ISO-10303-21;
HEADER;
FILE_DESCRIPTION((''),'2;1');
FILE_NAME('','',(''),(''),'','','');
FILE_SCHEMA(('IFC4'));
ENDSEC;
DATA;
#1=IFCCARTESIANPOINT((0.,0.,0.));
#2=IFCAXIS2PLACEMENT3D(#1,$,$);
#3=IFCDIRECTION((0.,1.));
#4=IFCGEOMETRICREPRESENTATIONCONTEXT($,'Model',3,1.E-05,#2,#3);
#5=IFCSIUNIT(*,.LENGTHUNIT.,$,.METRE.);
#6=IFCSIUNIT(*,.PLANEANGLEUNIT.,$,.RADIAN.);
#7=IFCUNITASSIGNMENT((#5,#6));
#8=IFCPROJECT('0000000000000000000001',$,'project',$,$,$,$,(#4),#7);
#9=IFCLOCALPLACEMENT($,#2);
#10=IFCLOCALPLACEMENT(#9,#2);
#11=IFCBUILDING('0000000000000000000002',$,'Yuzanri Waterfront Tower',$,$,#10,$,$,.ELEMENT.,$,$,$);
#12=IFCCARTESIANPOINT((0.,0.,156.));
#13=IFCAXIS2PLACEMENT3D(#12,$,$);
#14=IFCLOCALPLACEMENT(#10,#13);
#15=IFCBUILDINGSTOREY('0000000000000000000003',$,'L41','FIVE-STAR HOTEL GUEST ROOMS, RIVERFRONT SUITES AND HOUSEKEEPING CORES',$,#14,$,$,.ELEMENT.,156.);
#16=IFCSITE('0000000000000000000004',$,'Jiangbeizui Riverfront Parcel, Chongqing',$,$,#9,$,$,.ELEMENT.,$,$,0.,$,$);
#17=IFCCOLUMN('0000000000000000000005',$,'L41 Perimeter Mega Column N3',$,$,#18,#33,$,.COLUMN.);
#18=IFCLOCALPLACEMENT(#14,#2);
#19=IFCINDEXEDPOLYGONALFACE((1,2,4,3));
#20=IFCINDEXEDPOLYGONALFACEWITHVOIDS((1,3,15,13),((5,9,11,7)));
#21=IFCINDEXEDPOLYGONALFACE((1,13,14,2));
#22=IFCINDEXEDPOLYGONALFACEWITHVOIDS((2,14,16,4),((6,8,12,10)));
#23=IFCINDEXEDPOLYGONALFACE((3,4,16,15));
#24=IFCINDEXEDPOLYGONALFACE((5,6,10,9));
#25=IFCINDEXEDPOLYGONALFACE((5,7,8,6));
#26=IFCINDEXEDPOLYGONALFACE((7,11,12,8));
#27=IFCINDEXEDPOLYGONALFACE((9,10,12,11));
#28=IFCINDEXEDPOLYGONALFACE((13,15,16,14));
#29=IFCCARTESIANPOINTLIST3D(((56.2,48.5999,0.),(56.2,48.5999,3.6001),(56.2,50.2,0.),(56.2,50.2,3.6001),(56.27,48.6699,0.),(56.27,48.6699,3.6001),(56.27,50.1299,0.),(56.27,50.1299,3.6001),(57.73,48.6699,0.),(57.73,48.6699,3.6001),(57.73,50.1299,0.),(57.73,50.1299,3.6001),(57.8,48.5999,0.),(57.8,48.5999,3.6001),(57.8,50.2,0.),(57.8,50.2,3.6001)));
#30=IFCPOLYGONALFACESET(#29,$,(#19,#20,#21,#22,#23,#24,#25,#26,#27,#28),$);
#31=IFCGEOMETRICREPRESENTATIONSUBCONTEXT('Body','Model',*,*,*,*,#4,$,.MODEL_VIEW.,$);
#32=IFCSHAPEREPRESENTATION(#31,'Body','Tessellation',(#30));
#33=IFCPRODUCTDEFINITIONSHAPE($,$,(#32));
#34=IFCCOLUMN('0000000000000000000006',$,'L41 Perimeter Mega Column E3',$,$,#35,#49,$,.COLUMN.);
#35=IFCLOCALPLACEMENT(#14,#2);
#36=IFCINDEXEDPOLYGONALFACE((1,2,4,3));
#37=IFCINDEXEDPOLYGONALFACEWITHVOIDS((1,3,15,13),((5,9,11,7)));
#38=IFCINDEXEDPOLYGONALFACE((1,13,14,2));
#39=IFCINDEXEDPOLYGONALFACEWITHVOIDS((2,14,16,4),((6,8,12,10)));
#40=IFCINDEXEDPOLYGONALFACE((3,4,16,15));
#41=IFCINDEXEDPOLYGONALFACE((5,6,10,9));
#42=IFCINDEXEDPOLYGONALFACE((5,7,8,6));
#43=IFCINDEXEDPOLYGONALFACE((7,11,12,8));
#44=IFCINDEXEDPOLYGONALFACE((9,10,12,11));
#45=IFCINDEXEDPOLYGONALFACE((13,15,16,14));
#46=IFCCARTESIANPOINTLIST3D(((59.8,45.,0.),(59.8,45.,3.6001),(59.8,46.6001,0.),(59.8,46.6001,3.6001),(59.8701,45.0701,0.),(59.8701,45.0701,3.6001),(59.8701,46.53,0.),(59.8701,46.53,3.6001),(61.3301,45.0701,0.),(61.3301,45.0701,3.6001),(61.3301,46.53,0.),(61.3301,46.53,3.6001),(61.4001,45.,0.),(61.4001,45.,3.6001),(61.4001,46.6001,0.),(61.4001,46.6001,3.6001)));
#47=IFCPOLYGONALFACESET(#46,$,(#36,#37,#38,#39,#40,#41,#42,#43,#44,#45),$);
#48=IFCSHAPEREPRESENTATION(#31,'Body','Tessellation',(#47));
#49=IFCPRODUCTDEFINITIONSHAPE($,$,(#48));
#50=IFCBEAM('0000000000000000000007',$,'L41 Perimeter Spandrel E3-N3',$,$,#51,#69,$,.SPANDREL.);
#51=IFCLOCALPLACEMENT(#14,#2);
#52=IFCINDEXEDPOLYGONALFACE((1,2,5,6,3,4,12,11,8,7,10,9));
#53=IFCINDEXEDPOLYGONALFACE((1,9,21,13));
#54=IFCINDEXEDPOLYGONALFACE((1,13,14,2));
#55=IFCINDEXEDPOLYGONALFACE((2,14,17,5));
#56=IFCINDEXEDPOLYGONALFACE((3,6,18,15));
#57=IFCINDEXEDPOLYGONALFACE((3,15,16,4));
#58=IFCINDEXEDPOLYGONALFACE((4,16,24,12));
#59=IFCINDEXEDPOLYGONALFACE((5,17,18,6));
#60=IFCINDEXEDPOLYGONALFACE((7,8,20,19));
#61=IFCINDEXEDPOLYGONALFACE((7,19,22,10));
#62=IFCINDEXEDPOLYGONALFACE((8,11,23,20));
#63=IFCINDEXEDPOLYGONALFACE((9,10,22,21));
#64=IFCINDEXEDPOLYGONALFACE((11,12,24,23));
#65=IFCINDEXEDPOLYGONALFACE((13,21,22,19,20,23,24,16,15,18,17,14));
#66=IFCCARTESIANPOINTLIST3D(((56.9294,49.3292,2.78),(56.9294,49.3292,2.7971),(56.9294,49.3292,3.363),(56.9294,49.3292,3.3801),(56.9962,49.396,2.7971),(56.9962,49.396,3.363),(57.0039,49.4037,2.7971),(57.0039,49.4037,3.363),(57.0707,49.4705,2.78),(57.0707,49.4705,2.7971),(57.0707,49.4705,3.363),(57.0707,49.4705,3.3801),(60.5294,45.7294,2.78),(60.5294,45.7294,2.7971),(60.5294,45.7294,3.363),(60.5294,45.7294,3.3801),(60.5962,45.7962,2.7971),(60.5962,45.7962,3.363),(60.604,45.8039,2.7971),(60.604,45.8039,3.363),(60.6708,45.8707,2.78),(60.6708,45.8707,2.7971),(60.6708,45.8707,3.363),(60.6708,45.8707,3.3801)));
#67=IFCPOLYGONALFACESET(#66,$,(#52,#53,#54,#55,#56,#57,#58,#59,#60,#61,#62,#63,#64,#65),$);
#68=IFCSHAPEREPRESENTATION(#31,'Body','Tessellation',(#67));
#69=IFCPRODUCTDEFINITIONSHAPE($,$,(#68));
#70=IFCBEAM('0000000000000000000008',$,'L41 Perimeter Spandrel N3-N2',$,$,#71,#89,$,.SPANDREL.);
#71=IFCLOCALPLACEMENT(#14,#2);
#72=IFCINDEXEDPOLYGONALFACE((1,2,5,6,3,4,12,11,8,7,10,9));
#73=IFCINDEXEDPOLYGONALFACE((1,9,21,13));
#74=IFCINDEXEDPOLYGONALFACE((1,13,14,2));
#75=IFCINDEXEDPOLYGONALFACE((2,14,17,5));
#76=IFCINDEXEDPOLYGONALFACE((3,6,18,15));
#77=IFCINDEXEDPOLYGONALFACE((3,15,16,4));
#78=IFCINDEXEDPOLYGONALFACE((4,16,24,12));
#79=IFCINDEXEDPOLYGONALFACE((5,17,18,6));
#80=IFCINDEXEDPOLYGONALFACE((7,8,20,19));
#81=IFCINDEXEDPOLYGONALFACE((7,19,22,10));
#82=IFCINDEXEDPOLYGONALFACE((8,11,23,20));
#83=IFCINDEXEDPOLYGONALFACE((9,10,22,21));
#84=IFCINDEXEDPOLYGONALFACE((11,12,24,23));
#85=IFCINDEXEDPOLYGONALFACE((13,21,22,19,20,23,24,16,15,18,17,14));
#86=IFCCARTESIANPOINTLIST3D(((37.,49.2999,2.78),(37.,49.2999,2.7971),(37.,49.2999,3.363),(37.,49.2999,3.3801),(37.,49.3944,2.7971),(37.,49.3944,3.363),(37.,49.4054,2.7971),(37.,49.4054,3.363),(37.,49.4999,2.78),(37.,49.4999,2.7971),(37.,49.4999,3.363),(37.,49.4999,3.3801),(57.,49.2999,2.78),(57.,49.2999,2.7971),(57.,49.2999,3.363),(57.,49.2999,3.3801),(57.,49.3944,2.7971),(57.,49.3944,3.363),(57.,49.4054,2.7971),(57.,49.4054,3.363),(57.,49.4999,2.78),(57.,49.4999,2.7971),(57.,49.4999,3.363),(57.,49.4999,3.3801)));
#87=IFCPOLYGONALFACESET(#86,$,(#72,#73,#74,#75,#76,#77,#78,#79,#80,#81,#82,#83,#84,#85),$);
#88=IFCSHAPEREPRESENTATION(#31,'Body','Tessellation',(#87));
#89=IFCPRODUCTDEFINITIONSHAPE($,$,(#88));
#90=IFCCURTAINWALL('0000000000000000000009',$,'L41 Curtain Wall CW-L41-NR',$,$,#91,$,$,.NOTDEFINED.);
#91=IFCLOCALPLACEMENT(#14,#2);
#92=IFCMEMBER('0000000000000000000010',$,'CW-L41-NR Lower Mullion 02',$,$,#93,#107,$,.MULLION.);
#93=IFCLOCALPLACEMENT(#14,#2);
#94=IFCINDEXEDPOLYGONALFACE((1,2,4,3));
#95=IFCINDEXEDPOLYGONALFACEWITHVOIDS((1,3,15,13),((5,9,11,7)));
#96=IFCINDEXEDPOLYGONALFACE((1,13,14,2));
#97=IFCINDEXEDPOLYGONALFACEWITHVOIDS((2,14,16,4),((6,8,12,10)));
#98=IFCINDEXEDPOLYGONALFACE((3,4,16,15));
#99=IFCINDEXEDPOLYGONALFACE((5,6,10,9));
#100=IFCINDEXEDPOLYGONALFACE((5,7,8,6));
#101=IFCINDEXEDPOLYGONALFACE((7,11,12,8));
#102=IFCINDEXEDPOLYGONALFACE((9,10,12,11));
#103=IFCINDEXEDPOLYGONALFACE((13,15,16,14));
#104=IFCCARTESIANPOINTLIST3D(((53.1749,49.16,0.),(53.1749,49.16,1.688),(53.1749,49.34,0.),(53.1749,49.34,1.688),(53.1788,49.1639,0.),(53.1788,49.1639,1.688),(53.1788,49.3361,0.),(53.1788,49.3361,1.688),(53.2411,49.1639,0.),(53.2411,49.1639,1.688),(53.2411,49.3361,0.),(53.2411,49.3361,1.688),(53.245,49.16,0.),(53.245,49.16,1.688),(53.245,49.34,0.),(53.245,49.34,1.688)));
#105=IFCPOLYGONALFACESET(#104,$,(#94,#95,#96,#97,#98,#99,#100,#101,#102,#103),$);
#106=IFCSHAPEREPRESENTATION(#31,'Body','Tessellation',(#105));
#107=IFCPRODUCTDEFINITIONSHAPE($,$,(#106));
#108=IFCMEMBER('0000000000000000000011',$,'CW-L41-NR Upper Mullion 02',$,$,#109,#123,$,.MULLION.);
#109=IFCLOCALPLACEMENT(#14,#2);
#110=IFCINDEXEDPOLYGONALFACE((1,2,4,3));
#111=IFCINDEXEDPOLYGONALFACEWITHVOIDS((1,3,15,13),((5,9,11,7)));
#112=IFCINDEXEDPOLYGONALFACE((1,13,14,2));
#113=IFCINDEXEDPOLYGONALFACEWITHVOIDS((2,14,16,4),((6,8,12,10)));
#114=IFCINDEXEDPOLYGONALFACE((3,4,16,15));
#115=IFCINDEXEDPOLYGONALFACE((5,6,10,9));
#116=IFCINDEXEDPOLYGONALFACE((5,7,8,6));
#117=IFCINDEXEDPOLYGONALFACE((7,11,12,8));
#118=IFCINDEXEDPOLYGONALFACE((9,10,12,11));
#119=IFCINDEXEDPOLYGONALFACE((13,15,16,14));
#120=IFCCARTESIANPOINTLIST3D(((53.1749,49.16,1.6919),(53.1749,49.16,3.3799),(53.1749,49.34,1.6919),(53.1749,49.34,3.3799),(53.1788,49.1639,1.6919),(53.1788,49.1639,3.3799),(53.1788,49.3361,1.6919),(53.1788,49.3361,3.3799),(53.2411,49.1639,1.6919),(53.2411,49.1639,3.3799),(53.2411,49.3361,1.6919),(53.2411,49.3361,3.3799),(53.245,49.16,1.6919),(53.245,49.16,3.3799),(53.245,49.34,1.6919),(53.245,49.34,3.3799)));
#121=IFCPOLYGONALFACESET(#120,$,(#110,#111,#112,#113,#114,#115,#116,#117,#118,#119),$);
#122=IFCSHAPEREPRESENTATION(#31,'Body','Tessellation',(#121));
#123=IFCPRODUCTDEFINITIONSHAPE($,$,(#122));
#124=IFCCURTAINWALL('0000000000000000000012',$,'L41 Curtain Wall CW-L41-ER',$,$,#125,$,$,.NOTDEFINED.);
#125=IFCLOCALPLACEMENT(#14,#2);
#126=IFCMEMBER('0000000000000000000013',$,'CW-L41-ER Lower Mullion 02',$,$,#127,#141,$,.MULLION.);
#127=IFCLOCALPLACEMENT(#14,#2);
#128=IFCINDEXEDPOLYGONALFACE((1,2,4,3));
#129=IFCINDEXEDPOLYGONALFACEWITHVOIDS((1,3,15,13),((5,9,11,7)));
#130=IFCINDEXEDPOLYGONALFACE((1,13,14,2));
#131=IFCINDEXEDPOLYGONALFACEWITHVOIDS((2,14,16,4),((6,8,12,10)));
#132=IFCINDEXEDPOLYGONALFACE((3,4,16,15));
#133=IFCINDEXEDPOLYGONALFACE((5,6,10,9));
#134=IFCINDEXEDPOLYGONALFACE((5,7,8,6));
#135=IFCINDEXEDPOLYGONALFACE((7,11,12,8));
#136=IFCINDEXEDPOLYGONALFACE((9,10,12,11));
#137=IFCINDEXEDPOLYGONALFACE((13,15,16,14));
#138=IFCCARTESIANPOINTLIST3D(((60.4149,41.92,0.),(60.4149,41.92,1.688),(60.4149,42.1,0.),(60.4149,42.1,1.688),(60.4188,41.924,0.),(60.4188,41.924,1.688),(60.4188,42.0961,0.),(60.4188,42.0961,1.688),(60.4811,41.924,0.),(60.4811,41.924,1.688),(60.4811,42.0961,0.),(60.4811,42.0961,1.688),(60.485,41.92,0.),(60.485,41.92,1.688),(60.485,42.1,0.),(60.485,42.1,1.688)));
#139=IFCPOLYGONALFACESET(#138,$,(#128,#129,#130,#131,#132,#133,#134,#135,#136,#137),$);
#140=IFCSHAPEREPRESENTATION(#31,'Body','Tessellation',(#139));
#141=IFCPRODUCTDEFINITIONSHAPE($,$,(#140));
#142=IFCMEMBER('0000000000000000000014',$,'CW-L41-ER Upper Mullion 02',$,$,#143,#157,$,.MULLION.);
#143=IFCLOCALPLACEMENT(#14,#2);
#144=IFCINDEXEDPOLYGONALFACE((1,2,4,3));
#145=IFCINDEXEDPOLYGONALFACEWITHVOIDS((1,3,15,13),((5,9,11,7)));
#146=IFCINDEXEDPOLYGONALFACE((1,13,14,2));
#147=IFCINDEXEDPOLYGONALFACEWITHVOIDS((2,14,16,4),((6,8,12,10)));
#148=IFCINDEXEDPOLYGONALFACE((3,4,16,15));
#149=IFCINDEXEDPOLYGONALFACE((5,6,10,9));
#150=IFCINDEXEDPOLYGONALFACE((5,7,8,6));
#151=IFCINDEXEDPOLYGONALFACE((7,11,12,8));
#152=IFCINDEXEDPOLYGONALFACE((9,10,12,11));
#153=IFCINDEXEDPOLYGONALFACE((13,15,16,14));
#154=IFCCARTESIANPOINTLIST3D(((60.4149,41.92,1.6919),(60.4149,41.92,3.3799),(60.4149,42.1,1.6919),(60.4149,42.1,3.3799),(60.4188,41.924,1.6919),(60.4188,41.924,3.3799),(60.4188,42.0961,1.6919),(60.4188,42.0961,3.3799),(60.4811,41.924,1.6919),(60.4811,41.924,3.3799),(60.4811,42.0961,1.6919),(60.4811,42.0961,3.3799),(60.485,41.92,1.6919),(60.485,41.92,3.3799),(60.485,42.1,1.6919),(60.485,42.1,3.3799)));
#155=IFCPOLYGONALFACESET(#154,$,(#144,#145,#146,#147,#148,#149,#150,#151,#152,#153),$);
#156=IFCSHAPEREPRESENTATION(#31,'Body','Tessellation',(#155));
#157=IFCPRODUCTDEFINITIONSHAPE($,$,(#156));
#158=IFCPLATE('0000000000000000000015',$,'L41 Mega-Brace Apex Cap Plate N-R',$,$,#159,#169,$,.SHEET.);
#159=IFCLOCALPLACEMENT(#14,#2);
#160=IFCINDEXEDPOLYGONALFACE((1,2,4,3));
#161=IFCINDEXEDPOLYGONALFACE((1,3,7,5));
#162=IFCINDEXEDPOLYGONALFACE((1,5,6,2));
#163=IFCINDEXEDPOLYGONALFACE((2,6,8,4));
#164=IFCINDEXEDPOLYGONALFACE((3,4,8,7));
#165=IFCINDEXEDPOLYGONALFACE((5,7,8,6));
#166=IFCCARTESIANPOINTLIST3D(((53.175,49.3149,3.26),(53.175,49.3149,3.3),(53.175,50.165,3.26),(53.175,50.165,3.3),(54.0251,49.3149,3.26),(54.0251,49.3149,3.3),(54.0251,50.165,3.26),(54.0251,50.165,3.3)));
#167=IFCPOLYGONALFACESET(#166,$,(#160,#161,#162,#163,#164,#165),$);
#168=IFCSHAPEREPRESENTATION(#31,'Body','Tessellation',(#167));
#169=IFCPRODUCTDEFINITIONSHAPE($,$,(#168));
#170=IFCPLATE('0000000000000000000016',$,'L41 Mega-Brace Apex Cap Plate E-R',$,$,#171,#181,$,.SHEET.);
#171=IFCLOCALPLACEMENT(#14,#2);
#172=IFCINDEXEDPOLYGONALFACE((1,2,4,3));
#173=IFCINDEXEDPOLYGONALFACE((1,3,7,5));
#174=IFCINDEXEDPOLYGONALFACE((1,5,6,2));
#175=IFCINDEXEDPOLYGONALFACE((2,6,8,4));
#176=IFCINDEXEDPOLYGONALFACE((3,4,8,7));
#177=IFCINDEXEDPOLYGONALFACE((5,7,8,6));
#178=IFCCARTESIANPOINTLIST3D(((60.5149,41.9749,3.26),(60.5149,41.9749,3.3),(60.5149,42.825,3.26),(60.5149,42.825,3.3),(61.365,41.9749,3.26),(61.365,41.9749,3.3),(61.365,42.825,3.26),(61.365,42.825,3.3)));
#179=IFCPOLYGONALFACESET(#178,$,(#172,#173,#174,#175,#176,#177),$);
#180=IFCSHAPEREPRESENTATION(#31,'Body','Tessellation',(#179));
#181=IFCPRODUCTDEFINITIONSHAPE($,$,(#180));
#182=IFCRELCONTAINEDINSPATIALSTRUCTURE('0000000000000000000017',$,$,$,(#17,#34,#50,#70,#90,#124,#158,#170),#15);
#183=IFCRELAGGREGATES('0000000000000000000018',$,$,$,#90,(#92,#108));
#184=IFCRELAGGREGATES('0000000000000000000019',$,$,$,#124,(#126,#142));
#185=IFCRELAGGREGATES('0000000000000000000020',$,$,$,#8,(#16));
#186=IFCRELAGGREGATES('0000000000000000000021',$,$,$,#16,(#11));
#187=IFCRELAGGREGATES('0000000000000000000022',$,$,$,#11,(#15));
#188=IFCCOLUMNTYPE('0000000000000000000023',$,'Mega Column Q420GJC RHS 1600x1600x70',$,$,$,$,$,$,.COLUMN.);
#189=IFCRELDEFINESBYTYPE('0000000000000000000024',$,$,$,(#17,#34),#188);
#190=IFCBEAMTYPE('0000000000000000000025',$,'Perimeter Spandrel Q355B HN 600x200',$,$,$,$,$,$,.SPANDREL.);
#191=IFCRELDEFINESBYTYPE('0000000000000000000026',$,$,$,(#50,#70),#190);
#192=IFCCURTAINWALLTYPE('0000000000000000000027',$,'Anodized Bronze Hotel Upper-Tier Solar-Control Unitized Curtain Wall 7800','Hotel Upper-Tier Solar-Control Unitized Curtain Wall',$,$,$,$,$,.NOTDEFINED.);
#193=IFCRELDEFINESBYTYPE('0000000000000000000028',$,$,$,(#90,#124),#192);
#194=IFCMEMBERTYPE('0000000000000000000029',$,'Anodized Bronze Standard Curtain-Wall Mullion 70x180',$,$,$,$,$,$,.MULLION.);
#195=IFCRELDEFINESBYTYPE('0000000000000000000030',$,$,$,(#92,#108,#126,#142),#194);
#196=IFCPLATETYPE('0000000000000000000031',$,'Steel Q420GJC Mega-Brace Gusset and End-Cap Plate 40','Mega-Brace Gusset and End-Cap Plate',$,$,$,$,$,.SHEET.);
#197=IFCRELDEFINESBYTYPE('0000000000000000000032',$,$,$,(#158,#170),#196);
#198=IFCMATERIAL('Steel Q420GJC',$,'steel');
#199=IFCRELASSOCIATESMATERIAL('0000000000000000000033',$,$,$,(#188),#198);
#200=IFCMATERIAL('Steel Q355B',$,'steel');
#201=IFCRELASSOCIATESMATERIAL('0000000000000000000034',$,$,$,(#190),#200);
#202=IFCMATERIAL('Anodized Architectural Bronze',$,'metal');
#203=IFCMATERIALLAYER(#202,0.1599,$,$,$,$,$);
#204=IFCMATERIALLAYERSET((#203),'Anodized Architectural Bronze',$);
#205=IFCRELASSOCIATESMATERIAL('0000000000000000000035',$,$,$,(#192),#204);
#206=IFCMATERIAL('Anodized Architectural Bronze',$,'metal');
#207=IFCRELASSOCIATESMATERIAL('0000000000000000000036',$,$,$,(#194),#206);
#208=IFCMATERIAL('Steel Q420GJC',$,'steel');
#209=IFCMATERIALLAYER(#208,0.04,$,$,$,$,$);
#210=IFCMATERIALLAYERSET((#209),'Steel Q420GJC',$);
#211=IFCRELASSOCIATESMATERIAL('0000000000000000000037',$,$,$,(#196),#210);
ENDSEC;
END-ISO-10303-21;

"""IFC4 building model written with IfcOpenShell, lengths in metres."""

from ifc_helpers import new_model, si_unit, direction, frame, origin, origin_2d, place, context, subcontext, project, spatial, rectangle, hollow_rectangle, i_section, extrude, source, transform, mapped, material, layer, layer_set, material_profile, profile_set, type_object, element, aggregate, save


model = new_model("IFC4")

# Units and contexts
model_context = context("Model", 3, precision=1e-05, world=origin(), true_north=direction((0.0, 1.0)))
body_context = subcontext(model_context, "Body", "Model", "MODEL_VIEW")
ifc_project = project(units=[si_unit("LENGTHUNIT", "METRE"), si_unit("PLANEANGLEUNIT", "RADIAN")], contexts=[model_context])

# Site, building, storey
site_placement = place(None, origin())
site = spatial("IfcSite", under=ifc_project, at=site_placement, Name="Jiangbeizui Riverfront Parcel, Chongqing", CompositionType="ELEMENT", RefElevation=0.0)
building_placement = place(site_placement, origin())
building = spatial("IfcBuilding", under=site, at=building_placement, Name="Yuzanri Waterfront Tower", CompositionType="ELEMENT")
storey_placement = place(building_placement, frame((0.0, 0.0, 156.0)))
storey = spatial("IfcBuildingStorey", under=building, at=storey_placement, Name="L41", Description="FIVE-STAR HOTEL GUEST ROOMS, RIVERFRONT SUITES AND HOUSEKEEPING CORES", CompositionType="ELEMENT", Elevation=156.0)

# Columns
ifc_material_1 = material(Name="Steel Q420GJC", Category="steel")
ifc_material_profile_1 = material_profile(ifc_material_1, hollow_rectangle(XDim=1.6001, YDim=1.6001, WallThickness=0.0701, at=origin_2d()), Name="RHS 1600x1600x70")
ifc_profile_set_1 = profile_set([ifc_material_profile_1], Name="Steel Q420GJC")
column_type = type_object("IfcColumnType", Name="Mega Column Q420GJC RHS 1600x1600x70", PredefinedType="COLUMN", material=ifc_profile_set_1)
shared_shape_1 = source(origin(), body_context, "Body", "SweptSolid", [
    extrude(hollow_rectangle(XDim=1.6001, YDim=1.6001, WallThickness=0.0701, at=origin_2d()), origin(), (0.0, 0.0, 1.0), 3.6001),
])
for number, where, z_axis, x_axis, name in (
    (1, (57.0, 49.3999, 0.0), (0.0, 0.0, 1.0), (1.0, 0.0, 0.0), "L41 Perimeter Mega Column N3"),
    (2, (60.6001, 45.8, 0.0), (0.0, 0.0, 1.0), (1.0, 0.0, 0.0), "L41 Perimeter Mega Column E3"),
):
    element("IfcColumn", number, at=place(storey_placement, frame(where, z_axis=z_axis, x_axis=x_axis)), inside=storey, type_object=column_type, Name=name, PredefinedType="COLUMN", context=body_context, shape_type="MappedRepresentation", body=[
        mapped(shared_shape_1, transform((0.0, 0.0, 0.0), scale=1.0)),
    ])

# Beams
ifc_material_2 = material(Name="Steel Q355B", Category="steel")
ifc_material_profile_2 = material_profile(ifc_material_2, i_section(OverallWidth=0.2, OverallDepth=0.6001, WebThickness=0.011, FlangeThickness=0.0171, at=origin_2d()), Name="HN 600x200x11x17")
ifc_profile_set_2 = profile_set([ifc_material_profile_2], Name="Steel Q355B")
beam_type = type_object("IfcBeamType", Name="Perimeter Spandrel Q355B HN 600x200", PredefinedType="SPANDREL", material=ifc_profile_set_2)
shared_shape_2 = source(origin(), body_context, "Body", "SweptSolid", [
    extrude(i_section(OverallWidth=0.2, OverallDepth=0.6001, WebThickness=0.011, FlangeThickness=0.0171, at=origin_2d()), origin(), (0.0, 0.0, 1.0), 5.0911),
])
beam_1_placement = place(storey_placement, frame((60.6001, 45.8, 3.0801), z_axis=(-0.707131, 0.707083, 0.0), x_axis=(-0.707083, -0.707131, 0.0)))
element("IfcBeam", 3, at=beam_1_placement, inside=storey, type_object=beam_type, Name="L41 Perimeter Spandrel E3-N3", PredefinedType="SPANDREL", context=body_context, shape_type="MappedRepresentation", body=[
    mapped(shared_shape_2, transform((0.0, 0.0, 0.0), scale=1.0)),
])
shared_shape_3 = source(origin(), body_context, "Body", "SweptSolid", [
    extrude(i_section(OverallWidth=0.2, OverallDepth=0.6001, WebThickness=0.011, FlangeThickness=0.0171, at=origin_2d()), origin(), (0.0, 0.0, 1.0), 20.0),
])
beam_2_placement = place(storey_placement, frame((57.0, 49.3999, 3.0801), z_axis=(-1.0, 0.0, 0.0), x_axis=(0.0, -1.0, 0.0)))
element("IfcBeam", 4, at=beam_2_placement, inside=storey, type_object=beam_type, Name="L41 Perimeter Spandrel N3-N2", PredefinedType="SPANDREL", context=body_context, shape_type="MappedRepresentation", body=[
    mapped(shared_shape_3, transform((0.0, 0.0, 0.0), scale=1.0)),
])

# Curtain walls, members
ifc_material_3 = material(Name="Anodized Architectural Bronze", Category="metal")
ifc_layer_1 = layer(ifc_material_3, 0.1599)
ifc_layer_set_1 = layer_set([ifc_layer_1], Name="Anodized Architectural Bronze")
curtain_wall_type = type_object("IfcCurtainWallType", Name="Anodized Bronze Hotel Upper-Tier Solar-Control Unitized Curtain Wall 7800", Description="Hotel Upper-Tier Solar-Control Unitized Curtain Wall", PredefinedType="NOTDEFINED", material=ifc_layer_set_1)
curtain_wall_1_placement = place(storey_placement, origin())
curtain_wall_1 = element("IfcCurtainWall", 5, at=curtain_wall_1_placement, inside=storey, type_object=curtain_wall_type, Name="L41 Curtain Wall CW-L41-NR", PredefinedType="NOTDEFINED")
ifc_material_4 = material(Name="Anodized Architectural Bronze", Category="metal")
ifc_material_profile_3 = material_profile(ifc_material_4, hollow_rectangle(XDim=0.0701, YDim=0.1799, WallThickness=0.0039, at=origin_2d()), Name="CWM 70x180")
ifc_profile_set_3 = profile_set([ifc_material_profile_3], Name="Anodized Architectural Bronze")
member_type = type_object("IfcMemberType", Name="Anodized Bronze Standard Curtain-Wall Mullion 70x180", PredefinedType="MULLION", material=ifc_profile_set_3)
shared_shape_4 = source(origin(), body_context, "Body", "SweptSolid", [
    extrude(hollow_rectangle(XDim=0.0701, YDim=0.1799, WallThickness=0.0039, at=origin_2d()), origin(), (0.0, 0.0, 1.0), 1.688),
])
member_1_placement = place(storey_placement, frame((53.21, 49.25, 0.0), z_axis=(0.0, 0.0, 1.0), x_axis=(1.0, 0.0, 0.0)))
member_1 = element("IfcMember", 6, at=member_1_placement, type_object=member_type, Name="CW-L41-NR Lower Mullion 02", PredefinedType="MULLION", context=body_context, shape_type="MappedRepresentation", body=[
    mapped(shared_shape_4, transform((0.0, 0.0, 0.0), scale=1.0)),
])
member_2_placement = place(storey_placement, frame((53.21, 49.25, 1.6919), z_axis=(0.0, 0.0, 1.0), x_axis=(1.0, 0.0, 0.0)))
member_2 = element("IfcMember", 7, at=member_2_placement, type_object=member_type, Name="CW-L41-NR Upper Mullion 02", PredefinedType="MULLION", context=body_context, shape_type="MappedRepresentation", body=[
    mapped(shared_shape_4, transform((0.0, 0.0, 0.0), scale=1.0)),
])
curtain_wall_2_placement = place(storey_placement, origin())
curtain_wall_2 = element("IfcCurtainWall", 8, at=curtain_wall_2_placement, inside=storey, type_object=curtain_wall_type, Name="L41 Curtain Wall CW-L41-ER", PredefinedType="NOTDEFINED")
member_3_placement = place(storey_placement, frame((60.45, 42.01, 0.0), z_axis=(0.0, 0.0, 1.0), x_axis=(1.0, 0.0, 0.0)))
member_3 = element("IfcMember", 9, at=member_3_placement, type_object=member_type, Name="CW-L41-ER Lower Mullion 02", PredefinedType="MULLION", context=body_context, shape_type="MappedRepresentation", body=[
    mapped(shared_shape_4, transform((0.0, 0.0, 0.0), scale=1.0)),
])
member_4_placement = place(storey_placement, frame((60.45, 42.01, 1.6919), z_axis=(0.0, 0.0, 1.0), x_axis=(1.0, 0.0, 0.0)))
member_4 = element("IfcMember", 10, at=member_4_placement, type_object=member_type, Name="CW-L41-ER Upper Mullion 02", PredefinedType="MULLION", context=body_context, shape_type="MappedRepresentation", body=[
    mapped(shared_shape_4, transform((0.0, 0.0, 0.0), scale=1.0)),
])

# Plates
ifc_material_5 = material(Name="Steel Q420GJC", Category="steel")
ifc_layer_2 = layer(ifc_material_5, 0.04)
ifc_layer_set_2 = layer_set([ifc_layer_2], Name="Steel Q420GJC")
plate_type_1 = type_object("IfcPlateType", Name="Steel Q420GJC Mega-Brace Gusset and End-Cap Plate 40", Description="Mega-Brace Gusset and End-Cap Plate", PredefinedType="SHEET", material=ifc_layer_set_2)
shared_shape_5 = source(origin(), body_context, "Body", "SweptSolid", [
    extrude(rectangle(XDim=0.8501, YDim=0.8501, at=origin_2d()), origin(), (0.0, 0.0, 1.0), 0.04),
])
for number, where, z_axis, x_axis, name in (
    (11, (53.6001, 49.74, 3.26), (0.0, 0.0, 1.0), (1.0, 0.0, 0.0), "L41 Mega-Brace Apex Cap Plate N-R"),
    (12, (60.9399, 42.3999, 3.26), (0.0, 0.0, 1.0), (1.0, 0.0, 0.0), "L41 Mega-Brace Apex Cap Plate E-R"),
):
    element("IfcPlate", number, at=place(storey_placement, frame(where, z_axis=z_axis, x_axis=x_axis)), inside=storey, type_object=plate_type_1, Name=name, PredefinedType="SHEET", context=body_context, shape_type="MappedRepresentation", body=[
        mapped(shared_shape_5, transform((0.0, 0.0, 0.0), scale=1.0)),
    ])

aggregate(curtain_wall_1, [member_1, member_2])
aggregate(curtain_wall_2, [member_3, member_4])

save(model, "model.ifc")
